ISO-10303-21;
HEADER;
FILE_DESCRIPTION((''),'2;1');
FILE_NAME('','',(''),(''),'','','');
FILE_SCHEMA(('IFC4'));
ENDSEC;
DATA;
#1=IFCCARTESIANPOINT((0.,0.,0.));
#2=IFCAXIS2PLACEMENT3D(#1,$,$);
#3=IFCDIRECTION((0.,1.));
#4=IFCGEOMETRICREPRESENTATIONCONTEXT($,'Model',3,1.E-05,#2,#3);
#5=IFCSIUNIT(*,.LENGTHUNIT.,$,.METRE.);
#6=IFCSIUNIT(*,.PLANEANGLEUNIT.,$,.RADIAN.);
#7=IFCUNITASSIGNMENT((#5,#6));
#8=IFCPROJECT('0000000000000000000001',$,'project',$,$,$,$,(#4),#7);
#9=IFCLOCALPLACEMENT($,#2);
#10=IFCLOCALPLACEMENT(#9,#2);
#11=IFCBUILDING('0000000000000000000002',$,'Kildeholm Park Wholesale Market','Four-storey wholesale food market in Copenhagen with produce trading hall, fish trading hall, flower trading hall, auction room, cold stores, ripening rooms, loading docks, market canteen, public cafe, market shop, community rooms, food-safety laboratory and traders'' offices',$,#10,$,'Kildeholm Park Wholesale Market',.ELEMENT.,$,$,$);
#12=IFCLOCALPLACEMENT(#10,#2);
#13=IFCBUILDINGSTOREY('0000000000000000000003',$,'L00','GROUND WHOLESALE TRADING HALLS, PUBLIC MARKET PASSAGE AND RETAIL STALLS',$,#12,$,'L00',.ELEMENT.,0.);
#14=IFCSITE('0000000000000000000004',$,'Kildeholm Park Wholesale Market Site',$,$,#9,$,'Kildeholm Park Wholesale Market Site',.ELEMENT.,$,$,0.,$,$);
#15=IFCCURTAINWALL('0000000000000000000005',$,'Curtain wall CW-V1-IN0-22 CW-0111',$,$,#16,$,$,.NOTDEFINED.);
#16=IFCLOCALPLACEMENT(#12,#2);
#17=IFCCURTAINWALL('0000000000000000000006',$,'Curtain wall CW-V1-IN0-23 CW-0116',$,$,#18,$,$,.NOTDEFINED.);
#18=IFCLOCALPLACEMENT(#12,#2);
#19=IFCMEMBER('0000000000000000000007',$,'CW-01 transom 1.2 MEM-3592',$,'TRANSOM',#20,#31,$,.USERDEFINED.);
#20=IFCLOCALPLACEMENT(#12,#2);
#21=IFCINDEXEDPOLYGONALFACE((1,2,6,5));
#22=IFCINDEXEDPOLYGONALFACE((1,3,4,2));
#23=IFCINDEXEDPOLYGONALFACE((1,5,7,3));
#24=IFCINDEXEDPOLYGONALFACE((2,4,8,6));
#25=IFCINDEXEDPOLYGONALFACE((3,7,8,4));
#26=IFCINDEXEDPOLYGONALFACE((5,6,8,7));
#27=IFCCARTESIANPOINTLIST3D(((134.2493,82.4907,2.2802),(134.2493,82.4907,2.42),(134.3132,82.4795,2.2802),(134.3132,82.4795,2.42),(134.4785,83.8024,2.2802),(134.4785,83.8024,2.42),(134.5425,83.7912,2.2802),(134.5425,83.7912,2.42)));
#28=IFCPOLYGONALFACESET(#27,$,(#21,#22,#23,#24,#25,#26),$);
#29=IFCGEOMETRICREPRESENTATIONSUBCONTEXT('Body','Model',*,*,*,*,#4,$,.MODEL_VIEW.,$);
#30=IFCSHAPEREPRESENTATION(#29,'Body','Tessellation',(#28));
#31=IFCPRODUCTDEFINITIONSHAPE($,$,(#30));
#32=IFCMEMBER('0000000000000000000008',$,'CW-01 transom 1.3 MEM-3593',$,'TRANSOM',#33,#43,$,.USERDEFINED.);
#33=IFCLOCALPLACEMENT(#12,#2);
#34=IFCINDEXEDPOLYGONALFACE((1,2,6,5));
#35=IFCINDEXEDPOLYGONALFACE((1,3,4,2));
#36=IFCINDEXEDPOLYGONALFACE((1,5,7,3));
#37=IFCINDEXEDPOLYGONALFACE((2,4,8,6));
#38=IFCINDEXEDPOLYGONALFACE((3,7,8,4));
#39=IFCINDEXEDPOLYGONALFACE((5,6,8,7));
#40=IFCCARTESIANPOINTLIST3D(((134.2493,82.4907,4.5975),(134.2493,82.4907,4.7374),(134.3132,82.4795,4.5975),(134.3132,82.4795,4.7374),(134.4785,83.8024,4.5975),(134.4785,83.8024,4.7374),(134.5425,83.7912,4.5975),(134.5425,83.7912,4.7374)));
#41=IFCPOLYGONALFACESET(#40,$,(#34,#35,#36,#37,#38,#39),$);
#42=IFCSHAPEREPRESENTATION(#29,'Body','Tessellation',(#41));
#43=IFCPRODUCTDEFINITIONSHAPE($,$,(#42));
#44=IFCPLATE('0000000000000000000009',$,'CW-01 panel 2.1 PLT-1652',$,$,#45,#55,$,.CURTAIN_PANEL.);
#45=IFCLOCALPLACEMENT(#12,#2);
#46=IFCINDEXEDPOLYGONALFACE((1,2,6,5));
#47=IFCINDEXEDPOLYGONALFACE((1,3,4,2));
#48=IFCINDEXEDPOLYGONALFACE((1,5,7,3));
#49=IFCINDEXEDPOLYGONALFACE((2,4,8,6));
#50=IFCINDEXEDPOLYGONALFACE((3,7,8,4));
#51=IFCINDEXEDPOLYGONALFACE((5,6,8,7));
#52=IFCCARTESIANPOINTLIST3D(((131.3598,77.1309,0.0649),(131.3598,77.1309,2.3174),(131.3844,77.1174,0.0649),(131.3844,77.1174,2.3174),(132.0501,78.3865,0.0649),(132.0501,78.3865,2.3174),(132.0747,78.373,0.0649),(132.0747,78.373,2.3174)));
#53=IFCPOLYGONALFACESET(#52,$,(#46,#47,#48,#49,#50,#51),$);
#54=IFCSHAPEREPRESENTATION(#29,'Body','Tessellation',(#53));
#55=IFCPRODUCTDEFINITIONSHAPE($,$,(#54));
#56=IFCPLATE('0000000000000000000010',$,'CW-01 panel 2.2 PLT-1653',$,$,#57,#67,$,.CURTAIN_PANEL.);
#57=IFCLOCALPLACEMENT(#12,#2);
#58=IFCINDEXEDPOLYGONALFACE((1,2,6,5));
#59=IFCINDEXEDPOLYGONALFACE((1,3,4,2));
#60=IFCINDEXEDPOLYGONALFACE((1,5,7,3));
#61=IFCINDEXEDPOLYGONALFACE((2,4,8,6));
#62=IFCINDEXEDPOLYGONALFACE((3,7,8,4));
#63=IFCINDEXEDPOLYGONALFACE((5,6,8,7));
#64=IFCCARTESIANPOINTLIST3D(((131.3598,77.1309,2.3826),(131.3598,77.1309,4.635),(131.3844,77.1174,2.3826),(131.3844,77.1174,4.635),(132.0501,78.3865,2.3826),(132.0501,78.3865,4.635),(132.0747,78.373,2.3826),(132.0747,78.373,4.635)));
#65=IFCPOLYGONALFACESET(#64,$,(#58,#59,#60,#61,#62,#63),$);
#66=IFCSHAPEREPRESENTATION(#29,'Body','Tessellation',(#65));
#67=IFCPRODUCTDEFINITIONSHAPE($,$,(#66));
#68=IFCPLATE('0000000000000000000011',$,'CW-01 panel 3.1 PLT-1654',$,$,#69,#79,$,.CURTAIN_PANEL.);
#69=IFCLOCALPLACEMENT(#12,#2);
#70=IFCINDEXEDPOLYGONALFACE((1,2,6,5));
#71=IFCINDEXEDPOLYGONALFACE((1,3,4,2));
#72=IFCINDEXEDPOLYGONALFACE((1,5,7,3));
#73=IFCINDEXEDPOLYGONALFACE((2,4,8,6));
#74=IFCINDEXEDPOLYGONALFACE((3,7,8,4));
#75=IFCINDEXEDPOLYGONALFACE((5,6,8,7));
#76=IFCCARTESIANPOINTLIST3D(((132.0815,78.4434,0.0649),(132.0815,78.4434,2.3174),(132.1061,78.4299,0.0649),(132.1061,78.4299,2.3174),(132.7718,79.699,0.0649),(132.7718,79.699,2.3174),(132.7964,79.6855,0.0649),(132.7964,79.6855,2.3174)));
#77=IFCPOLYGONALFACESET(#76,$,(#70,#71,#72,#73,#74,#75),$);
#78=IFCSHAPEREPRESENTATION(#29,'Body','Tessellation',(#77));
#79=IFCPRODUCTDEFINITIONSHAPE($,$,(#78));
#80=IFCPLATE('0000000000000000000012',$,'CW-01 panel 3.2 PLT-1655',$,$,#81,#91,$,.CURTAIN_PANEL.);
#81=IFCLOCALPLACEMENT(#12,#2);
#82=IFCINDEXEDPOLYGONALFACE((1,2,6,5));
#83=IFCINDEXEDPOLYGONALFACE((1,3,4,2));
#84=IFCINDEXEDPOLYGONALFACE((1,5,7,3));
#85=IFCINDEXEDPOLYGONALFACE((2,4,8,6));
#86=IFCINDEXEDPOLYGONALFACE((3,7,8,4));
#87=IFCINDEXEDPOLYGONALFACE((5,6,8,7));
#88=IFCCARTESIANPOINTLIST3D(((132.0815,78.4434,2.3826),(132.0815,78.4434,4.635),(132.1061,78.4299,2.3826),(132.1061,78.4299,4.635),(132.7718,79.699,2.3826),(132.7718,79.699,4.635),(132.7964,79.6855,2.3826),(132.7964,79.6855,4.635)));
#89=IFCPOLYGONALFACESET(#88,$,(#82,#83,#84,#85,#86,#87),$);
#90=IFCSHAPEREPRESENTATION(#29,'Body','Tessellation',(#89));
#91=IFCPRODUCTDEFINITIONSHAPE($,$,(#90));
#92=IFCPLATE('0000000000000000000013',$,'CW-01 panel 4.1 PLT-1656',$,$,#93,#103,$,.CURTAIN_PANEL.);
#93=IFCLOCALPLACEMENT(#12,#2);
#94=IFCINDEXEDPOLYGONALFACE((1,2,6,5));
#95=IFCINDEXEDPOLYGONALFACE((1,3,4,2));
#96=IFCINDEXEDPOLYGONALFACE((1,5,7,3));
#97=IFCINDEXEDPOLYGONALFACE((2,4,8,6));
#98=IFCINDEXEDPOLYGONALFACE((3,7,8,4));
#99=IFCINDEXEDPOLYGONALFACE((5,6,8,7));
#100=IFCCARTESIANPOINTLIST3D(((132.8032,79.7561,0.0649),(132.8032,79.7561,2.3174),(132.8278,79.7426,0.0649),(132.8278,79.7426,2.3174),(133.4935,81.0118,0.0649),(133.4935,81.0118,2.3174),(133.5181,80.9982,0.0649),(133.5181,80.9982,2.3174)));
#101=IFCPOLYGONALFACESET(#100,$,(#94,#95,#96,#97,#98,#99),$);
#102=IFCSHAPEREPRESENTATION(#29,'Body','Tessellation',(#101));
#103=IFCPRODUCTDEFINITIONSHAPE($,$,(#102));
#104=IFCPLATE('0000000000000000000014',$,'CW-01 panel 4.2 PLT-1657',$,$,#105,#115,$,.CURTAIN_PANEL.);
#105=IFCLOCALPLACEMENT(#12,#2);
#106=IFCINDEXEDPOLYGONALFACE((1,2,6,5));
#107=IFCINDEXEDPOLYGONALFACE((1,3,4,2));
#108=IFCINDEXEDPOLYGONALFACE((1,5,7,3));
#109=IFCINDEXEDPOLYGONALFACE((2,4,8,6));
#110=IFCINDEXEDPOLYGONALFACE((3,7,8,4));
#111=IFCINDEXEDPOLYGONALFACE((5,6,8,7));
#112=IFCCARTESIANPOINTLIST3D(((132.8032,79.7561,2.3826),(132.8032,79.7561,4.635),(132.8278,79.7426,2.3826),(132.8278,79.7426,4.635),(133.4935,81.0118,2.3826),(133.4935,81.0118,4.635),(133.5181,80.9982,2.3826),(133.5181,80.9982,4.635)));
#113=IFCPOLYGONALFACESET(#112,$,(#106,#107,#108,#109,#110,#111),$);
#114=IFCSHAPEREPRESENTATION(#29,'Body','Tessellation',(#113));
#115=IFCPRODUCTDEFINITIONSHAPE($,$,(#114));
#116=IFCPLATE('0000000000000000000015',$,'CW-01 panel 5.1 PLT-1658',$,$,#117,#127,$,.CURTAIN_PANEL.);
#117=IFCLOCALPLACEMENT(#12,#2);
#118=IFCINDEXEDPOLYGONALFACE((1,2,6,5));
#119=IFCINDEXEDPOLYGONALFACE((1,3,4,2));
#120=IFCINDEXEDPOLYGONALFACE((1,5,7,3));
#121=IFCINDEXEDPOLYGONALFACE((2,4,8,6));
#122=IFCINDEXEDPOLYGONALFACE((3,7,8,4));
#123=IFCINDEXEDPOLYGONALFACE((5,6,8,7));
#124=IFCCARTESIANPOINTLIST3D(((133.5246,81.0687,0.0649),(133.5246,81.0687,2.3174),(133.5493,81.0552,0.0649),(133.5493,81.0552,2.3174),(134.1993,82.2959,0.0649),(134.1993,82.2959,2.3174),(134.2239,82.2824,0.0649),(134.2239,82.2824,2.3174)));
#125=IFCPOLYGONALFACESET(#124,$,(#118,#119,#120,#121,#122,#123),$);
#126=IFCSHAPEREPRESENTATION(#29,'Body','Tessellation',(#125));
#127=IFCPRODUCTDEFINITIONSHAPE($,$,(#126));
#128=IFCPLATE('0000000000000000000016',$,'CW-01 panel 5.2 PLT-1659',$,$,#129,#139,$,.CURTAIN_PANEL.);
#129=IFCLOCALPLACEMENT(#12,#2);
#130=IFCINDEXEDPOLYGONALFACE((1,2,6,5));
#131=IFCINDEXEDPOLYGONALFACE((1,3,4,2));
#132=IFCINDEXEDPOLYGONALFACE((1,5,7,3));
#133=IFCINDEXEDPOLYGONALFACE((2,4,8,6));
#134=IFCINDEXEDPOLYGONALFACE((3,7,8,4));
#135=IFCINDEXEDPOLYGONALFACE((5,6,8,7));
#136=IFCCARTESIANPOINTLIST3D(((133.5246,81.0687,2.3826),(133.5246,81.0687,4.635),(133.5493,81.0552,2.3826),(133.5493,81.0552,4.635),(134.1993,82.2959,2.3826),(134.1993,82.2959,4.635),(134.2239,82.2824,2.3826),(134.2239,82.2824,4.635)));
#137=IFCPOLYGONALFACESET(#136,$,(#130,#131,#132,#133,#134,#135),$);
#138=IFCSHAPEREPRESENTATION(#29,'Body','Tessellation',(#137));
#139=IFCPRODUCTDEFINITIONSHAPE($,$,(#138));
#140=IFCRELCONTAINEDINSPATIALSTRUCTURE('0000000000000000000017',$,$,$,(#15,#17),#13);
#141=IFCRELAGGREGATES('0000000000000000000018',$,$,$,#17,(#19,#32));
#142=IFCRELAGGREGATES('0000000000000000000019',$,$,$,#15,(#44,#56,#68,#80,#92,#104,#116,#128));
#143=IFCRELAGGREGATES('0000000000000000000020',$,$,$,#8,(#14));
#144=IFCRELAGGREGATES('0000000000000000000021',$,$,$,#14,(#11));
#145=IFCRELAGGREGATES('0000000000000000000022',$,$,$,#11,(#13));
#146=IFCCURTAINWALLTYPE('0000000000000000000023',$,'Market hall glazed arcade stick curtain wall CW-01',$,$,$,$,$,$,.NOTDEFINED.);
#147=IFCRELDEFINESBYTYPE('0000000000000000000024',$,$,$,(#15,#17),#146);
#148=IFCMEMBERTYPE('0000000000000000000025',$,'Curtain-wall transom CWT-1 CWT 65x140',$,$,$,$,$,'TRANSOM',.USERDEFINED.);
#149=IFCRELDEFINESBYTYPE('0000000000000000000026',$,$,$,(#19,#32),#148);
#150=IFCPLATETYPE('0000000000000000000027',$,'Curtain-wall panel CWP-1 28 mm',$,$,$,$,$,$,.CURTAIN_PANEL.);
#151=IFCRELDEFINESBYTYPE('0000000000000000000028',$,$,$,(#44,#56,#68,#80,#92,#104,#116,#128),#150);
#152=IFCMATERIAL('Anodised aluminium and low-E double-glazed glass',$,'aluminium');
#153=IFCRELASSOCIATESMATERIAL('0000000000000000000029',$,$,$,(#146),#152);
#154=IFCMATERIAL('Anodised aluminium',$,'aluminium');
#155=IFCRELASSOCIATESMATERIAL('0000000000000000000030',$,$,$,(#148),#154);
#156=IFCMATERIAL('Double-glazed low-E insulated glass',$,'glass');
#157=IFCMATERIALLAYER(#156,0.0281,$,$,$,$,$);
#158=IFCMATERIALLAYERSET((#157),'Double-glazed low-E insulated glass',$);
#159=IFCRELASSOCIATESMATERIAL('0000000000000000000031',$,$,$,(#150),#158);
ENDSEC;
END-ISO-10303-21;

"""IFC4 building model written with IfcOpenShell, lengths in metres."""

from ifc_helpers import new_model, si_unit, direction, frame, origin, origin_2d, place, context, subcontext, project, spatial, rectangle, extrude, material, layer, layer_set, material_profile, profile_set, type_object, element, aggregate, save


model = new_model("IFC4")

# Units and contexts
model_context = context("Model", 3, precision=1e-05, world=origin(), true_north=direction((0.0, 1.0)))
body_context = subcontext(model_context, "Body", "Model", "MODEL_VIEW")
ifc_project = project(units=[si_unit("LENGTHUNIT", "METRE"), si_unit("PLANEANGLEUNIT", "RADIAN")], contexts=[model_context])

# Site, building, storey
site_placement = place(None, origin())
site = spatial("IfcSite", under=ifc_project, at=site_placement, Name="Kildeholm Park Wholesale Market Site", LongName="Kildeholm Park Wholesale Market Site", CompositionType="ELEMENT", RefElevation=0.0)
building_placement = place(site_placement, origin())
building = spatial("IfcBuilding", under=site, at=building_placement, Name="Kildeholm Park Wholesale Market", Description="Four-storey wholesale food market in Copenhagen with produce trading hall, fish trading hall, flower trading hall, auction room, cold stores, ripening rooms, loading docks, market canteen, public cafe, market shop, community rooms, food-safety laboratory and traders' offices", LongName="Kildeholm Park Wholesale Market", CompositionType="ELEMENT")
storey_placement = place(building_placement, origin())
storey = spatial("IfcBuildingStorey", under=building, at=storey_placement, Name="L00", Description="GROUND WHOLESALE TRADING HALLS, PUBLIC MARKET PASSAGE AND RETAIL STALLS", LongName="L00", CompositionType="ELEMENT", Elevation=0.0)

# Curtain wall
ifc_material_1 = material(Name="Anodised aluminium and low-E double-glazed glass", Category="aluminium")
curtain_wall_type = type_object("IfcCurtainWallType", Name="Market hall glazed arcade stick curtain wall CW-01", PredefinedType="NOTDEFINED", material=ifc_material_1)
curtain_wall_1_placement = place(storey_placement, origin())
curtain_wall_1 = element("IfcCurtainWall", 1, at=curtain_wall_1_placement, inside=storey, type_object=curtain_wall_type, Name="Curtain wall CW-V1-IN0-22 CW-0111", PredefinedType="NOTDEFINED")
ifc_material_2 = material(Name="Anodised aluminium", Category="aluminium")

# Curtain wall
curtain_wall_2_placement = place(storey_placement, origin())
curtain_wall_2 = element("IfcCurtainWall", 2, at=curtain_wall_2_placement, inside=storey, type_object=curtain_wall_type, Name="Curtain wall CW-V1-IN0-23 CW-0116", PredefinedType="NOTDEFINED")

# Members
ifc_material_profile_1 = material_profile(ifc_material_2, rectangle(XDim=0.0649, YDim=0.1399, at=origin_2d()), Name="CWT 65x140")
ifc_profile_set_1 = profile_set([ifc_material_profile_1], Name="Anodised aluminium")
member_type_1 = type_object("IfcMemberType", Name="Curtain-wall transom CWT-1 CWT 65x140", ElementType="TRANSOM", PredefinedType="USERDEFINED", material=ifc_profile_set_1)
member_1_placement = place(storey_placement, frame((134.2812, 82.4851, 2.3501), z_axis=(0.172154, 0.98507, 0.0), x_axis=(-0.98507, 0.172154, 0.0)))
member_1 = element("IfcMember", 3, at=member_1_placement, type_object=member_type_1, Name="CW-01 transom 1.2 MEM-3592", ObjectType="TRANSOM", PredefinedType="USERDEFINED", context=body_context, shape_type="SweptSolid", body=[
    extrude(rectangle(XDim=0.0649, YDim=0.1399, at=origin_2d()), origin(), (0.0, 0.0, 1.0), 1.3315),
])
member_2_placement = place(storey_placement, frame((134.2812, 82.4851, 4.6675), z_axis=(0.172154, 0.98507, 0.0), x_axis=(-0.98507, 0.172154, 0.0)))
member_2 = element("IfcMember", 4, at=member_2_placement, type_object=member_type_1, Name="CW-01 transom 1.3 MEM-3593", ObjectType="TRANSOM", PredefinedType="USERDEFINED", context=body_context, shape_type="SweptSolid", body=[
    extrude(rectangle(XDim=0.0649, YDim=0.1399, at=origin_2d()), origin(), (0.0, 0.0, 1.0), 1.3315),
])
aggregate(curtain_wall_2, [member_1, member_2])

# Plates
ifc_material_3 = material(Name="Double-glazed low-E insulated glass", Category="glass")
ifc_layer = layer(ifc_material_3, 0.0281)
ifc_layer_set = layer_set([ifc_layer], Name="Double-glazed low-E insulated glass")
plate_type = type_object("IfcPlateType", Name="Curtain-wall panel CWP-1 28 mm", PredefinedType="CURTAIN_PANEL", material=ifc_layer_set)
plate_1_placement = place(storey_placement, frame((131.7173, 77.752, 0.0649), z_axis=(0.0, 0.0, 1.0), x_axis=(0.48175, 0.876309, 0.0)))
plate_1 = element("IfcPlate", 5, at=plate_1_placement, type_object=plate_type, Name="CW-01 panel 2.1 PLT-1652", PredefinedType="CURTAIN_PANEL", context=body_context, shape_type="SweptSolid", body=[
    extrude(rectangle(XDim=1.4329, YDim=0.0281, at=origin_2d()), origin(), (0.0, 0.0, 1.0), 2.2524),
])
plate_2_placement = place(storey_placement, frame((131.7173, 77.752, 2.3826), z_axis=(0.0, 0.0, 1.0), x_axis=(0.48175, 0.876309, 0.0)))
plate_2 = element("IfcPlate", 6, at=plate_2_placement, type_object=plate_type, Name="CW-01 panel 2.2 PLT-1653", PredefinedType="CURTAIN_PANEL", context=body_context, shape_type="SweptSolid", body=[
    extrude(rectangle(XDim=1.4329, YDim=0.0281, at=origin_2d()), origin(), (0.0, 0.0, 1.0), 2.2524),
])
plate_3_placement = place(storey_placement, frame((132.439, 79.0645, 0.0649), z_axis=(0.0, 0.0, 1.0), x_axis=(0.48175, 0.876309, 0.0)))
plate_3 = element("IfcPlate", 7, at=plate_3_placement, type_object=plate_type, Name="CW-01 panel 3.1 PLT-1654", PredefinedType="CURTAIN_PANEL", context=body_context, shape_type="SweptSolid", body=[
    extrude(rectangle(XDim=1.4329, YDim=0.0281, at=origin_2d()), origin(), (0.0, 0.0, 1.0), 2.2524),
])
plate_4_placement = place(storey_placement, frame((132.439, 79.0645, 2.3826), z_axis=(0.0, 0.0, 1.0), x_axis=(0.48175, 0.876309, 0.0)))
plate_4 = element("IfcPlate", 8, at=plate_4_placement, type_object=plate_type, Name="CW-01 panel 3.2 PLT-1655", PredefinedType="CURTAIN_PANEL", context=body_context, shape_type="SweptSolid", body=[
    extrude(rectangle(XDim=1.4329, YDim=0.0281, at=origin_2d()), origin(), (0.0, 0.0, 1.0), 2.2524),
])
plate_5_placement = place(storey_placement, frame((133.1606, 80.3772, 0.0649), z_axis=(0.0, 0.0, 1.0), x_axis=(0.48175, 0.876309, 0.0)))
plate_5 = element("IfcPlate", 9, at=plate_5_placement, type_object=plate_type, Name="CW-01 panel 4.1 PLT-1656", PredefinedType="CURTAIN_PANEL", context=body_context, shape_type="SweptSolid", body=[
    extrude(rectangle(XDim=1.4329, YDim=0.0281, at=origin_2d()), origin(), (0.0, 0.0, 1.0), 2.2524),
])
plate_6_placement = place(storey_placement, frame((133.1606, 80.3772, 2.3826), z_axis=(0.0, 0.0, 1.0), x_axis=(0.48175, 0.876309, 0.0)))
plate_6 = element("IfcPlate", 10, at=plate_6_placement, type_object=plate_type, Name="CW-01 panel 4.2 PLT-1657", PredefinedType="CURTAIN_PANEL", context=body_context, shape_type="SweptSolid", body=[
    extrude(rectangle(XDim=1.4329, YDim=0.0281, at=origin_2d()), origin(), (0.0, 0.0, 1.0), 2.2524),
])
plate_7_placement = place(storey_placement, frame((133.8743, 81.6755, 0.0649), z_axis=(0.0, 0.0, 1.0), x_axis=(0.48175, 0.876309, 0.0)))
plate_7 = element("IfcPlate", 11, at=plate_7_placement, type_object=plate_type, Name="CW-01 panel 5.1 PLT-1658", PredefinedType="CURTAIN_PANEL", context=body_context, shape_type="SweptSolid", body=[
    extrude(rectangle(XDim=1.4004, YDim=0.0281, at=origin_2d()), origin(), (0.0, 0.0, 1.0), 2.2524),
])
plate_8_placement = place(storey_placement, frame((133.8743, 81.6755, 2.3826), z_axis=(0.0, 0.0, 1.0), x_axis=(0.48175, 0.876309, 0.0)))
plate_8 = element("IfcPlate", 12, at=plate_8_placement, type_object=plate_type, Name="CW-01 panel 5.2 PLT-1659", PredefinedType="CURTAIN_PANEL", context=body_context, shape_type="SweptSolid", body=[
    extrude(rectangle(XDim=1.4004, YDim=0.0281, at=origin_2d()), origin(), (0.0, 0.0, 1.0), 2.2524),
])
aggregate(curtain_wall_1, [plate_1, plate_2, plate_3, plate_4, plate_5, plate_6, plate_7, plate_8])

save(model, "model.ifc")
